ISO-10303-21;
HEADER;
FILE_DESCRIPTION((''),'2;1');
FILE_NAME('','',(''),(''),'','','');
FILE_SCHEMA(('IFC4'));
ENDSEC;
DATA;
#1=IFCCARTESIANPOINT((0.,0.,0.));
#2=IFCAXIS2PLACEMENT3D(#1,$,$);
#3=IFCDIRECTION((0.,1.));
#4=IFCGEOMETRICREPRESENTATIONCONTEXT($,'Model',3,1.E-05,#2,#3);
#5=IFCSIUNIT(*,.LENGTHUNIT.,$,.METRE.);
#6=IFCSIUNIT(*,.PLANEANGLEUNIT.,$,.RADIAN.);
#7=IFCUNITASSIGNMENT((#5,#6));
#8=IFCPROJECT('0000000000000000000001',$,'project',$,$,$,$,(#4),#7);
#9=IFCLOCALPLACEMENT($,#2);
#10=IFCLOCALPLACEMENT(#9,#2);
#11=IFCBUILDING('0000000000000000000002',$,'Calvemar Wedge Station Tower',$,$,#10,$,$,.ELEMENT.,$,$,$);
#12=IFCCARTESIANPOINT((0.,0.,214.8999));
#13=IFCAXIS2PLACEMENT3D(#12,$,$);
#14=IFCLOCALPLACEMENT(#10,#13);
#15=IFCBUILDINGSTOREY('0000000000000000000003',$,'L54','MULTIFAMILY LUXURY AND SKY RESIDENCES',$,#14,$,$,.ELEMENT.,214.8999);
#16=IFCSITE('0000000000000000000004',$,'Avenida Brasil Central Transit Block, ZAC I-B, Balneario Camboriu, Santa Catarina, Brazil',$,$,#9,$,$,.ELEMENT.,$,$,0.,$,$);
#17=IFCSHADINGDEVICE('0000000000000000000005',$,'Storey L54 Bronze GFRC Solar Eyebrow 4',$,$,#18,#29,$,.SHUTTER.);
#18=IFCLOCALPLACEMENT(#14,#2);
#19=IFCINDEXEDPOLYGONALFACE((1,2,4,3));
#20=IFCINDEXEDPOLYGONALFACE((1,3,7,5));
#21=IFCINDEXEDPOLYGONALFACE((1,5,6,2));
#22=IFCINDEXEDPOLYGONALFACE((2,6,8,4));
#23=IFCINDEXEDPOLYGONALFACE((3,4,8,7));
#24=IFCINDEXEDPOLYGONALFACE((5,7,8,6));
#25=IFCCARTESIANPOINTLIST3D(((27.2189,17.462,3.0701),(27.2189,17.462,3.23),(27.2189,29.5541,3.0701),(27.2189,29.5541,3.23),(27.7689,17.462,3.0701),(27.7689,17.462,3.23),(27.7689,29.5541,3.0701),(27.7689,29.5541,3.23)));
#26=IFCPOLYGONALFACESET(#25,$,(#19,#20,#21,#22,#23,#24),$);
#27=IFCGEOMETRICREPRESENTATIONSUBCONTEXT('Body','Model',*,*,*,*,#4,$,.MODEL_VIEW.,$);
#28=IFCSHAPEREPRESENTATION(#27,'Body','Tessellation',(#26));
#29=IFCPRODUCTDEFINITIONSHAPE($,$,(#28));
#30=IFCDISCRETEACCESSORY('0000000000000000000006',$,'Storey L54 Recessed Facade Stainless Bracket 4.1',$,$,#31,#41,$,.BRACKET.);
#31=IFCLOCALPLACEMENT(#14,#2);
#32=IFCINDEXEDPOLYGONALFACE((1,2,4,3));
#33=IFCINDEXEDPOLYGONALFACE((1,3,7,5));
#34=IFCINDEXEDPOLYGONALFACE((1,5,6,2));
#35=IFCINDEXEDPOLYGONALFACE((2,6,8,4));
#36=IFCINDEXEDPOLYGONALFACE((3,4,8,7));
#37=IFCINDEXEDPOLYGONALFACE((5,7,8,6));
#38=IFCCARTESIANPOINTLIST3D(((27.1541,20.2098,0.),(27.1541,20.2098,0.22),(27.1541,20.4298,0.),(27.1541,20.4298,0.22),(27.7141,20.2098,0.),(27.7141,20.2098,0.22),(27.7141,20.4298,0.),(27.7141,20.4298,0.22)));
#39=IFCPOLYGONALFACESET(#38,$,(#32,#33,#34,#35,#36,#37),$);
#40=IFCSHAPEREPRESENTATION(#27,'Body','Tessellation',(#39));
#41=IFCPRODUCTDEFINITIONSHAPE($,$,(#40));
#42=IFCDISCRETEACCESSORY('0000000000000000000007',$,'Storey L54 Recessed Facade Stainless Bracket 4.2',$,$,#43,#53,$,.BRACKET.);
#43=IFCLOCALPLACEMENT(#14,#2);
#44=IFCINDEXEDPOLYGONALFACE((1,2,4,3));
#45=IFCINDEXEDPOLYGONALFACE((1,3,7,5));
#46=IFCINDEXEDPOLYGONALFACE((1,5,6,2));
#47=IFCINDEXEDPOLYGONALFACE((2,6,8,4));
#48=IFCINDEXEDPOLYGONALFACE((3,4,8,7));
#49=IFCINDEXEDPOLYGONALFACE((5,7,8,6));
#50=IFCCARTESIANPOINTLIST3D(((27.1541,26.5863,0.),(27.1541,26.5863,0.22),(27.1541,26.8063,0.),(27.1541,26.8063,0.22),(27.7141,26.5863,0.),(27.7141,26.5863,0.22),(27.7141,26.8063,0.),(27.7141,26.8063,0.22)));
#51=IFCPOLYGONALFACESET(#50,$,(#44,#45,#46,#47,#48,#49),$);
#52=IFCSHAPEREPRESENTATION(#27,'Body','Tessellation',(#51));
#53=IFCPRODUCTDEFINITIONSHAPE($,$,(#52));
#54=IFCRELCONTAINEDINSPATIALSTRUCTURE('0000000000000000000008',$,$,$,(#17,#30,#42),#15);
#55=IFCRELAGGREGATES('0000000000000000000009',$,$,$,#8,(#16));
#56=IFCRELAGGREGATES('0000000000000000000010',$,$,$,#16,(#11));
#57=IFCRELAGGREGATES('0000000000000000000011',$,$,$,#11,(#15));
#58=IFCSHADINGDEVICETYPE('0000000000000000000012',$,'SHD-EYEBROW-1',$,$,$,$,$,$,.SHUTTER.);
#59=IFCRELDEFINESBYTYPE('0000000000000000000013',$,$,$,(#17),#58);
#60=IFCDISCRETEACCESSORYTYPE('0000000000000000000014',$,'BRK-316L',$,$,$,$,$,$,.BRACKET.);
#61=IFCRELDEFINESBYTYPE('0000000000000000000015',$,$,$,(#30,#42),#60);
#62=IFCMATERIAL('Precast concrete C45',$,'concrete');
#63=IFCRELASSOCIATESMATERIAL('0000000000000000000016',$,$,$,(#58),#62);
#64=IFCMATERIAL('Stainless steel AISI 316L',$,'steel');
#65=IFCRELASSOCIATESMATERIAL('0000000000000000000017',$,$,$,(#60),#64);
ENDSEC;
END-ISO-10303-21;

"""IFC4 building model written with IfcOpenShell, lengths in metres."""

from ifc_helpers import new_model, si_unit, direction, frame, frame_2d, origin, origin_2d, place, context, subcontext, project, spatial, rectangle, extrude, source, transform, mapped, material, type_object, element, save


model = new_model("IFC4")

# Units and contexts
model_context = context("Model", 3, precision=1e-05, world=origin(), true_north=direction((0.0, 1.0)))
body_context = subcontext(model_context, "Body", "Model", "MODEL_VIEW")
ifc_project = project(units=[si_unit("LENGTHUNIT", "METRE"), si_unit("PLANEANGLEUNIT", "RADIAN")], contexts=[model_context])

# Site, building, storey
site_placement = place(None, origin())
site = spatial("IfcSite", under=ifc_project, at=site_placement, Name="Avenida Brasil Central Transit Block, ZAC I-B, Balneario Camboriu, Santa Catarina, Brazil", CompositionType="ELEMENT", RefElevation=0.0)
building_placement = place(site_placement, origin())
building = spatial("IfcBuilding", under=site, at=building_placement, Name="Calvemar Wedge Station Tower", CompositionType="ELEMENT")
storey_placement = place(building_placement, frame((0.0, 0.0, 214.8999)))
storey = spatial("IfcBuildingStorey", under=building, at=storey_placement, Name="L54", Description="MULTIFAMILY LUXURY AND SKY RESIDENCES", CompositionType="ELEMENT", Elevation=214.8999)

# Shared definitions
ifc_material_1 = material(Name="Precast concrete C45", Category="concrete")

# Shading device
shading_device_type = type_object("IfcShadingDeviceType", Name="SHD-EYEBROW-1", PredefinedType="SHUTTER", material=ifc_material_1)
shading_device_placement = place(storey_placement, frame((27.4939, 17.4622, 3.0701), z_axis=(0.0, 0.0, 1.0), x_axis=(0.0, 1.0, 0.0)))
element("IfcShadingDevice", 1, at=shading_device_placement, inside=storey, type_object=shading_device_type, Name="Storey L54 Bronze GFRC Solar Eyebrow 4", PredefinedType="SHUTTER", context=body_context, shape_type="SweptSolid", body=[
    extrude(rectangle(XDim=12.092, YDim=0.55, at=frame_2d((6.0459, 0.0))), origin(), (0.0, 0.0, 1.0), 0.1599),
])

# Discrete accessories
ifc_material_2 = material(Name="Stainless steel AISI 316L", Category="steel")
discrete_accessory_type = type_object("IfcDiscreteAccessoryType", Name="BRK-316L", PredefinedType="BRACKET", material=ifc_material_2)
shared_shape_1 = source(origin(), body_context, "Body", "SweptSolid", [
    extrude(rectangle(XDim=0.22, YDim=0.5601, at=origin_2d()), origin(), (0.0, 0.0, 1.0), 0.22),
])
for number, where, z_axis, x_axis, name in (
    (2, (27.4341, 20.3198, 0.0), (0.0, 0.0, 1.0), (0.0, 1.0, 0.0), "Storey L54 Recessed Facade Stainless Bracket 4.1"),
    (3, (27.4341, 26.6963, 0.0), (0.0, 0.0, 1.0), (0.0, 1.0, 0.0), "Storey L54 Recessed Facade Stainless Bracket 4.2"),
):
    element("IfcDiscreteAccessory", number, at=place(storey_placement, frame(where, z_axis=z_axis, x_axis=x_axis)), inside=storey, type_object=discrete_accessory_type, Name=name, PredefinedType="BRACKET", context=body_context, shape_type="MappedRepresentation", body=[
        mapped(shared_shape_1, transform((0.0, 0.0, 0.0), scale=1.0)),
    ])

save(model, "model.ifc")
